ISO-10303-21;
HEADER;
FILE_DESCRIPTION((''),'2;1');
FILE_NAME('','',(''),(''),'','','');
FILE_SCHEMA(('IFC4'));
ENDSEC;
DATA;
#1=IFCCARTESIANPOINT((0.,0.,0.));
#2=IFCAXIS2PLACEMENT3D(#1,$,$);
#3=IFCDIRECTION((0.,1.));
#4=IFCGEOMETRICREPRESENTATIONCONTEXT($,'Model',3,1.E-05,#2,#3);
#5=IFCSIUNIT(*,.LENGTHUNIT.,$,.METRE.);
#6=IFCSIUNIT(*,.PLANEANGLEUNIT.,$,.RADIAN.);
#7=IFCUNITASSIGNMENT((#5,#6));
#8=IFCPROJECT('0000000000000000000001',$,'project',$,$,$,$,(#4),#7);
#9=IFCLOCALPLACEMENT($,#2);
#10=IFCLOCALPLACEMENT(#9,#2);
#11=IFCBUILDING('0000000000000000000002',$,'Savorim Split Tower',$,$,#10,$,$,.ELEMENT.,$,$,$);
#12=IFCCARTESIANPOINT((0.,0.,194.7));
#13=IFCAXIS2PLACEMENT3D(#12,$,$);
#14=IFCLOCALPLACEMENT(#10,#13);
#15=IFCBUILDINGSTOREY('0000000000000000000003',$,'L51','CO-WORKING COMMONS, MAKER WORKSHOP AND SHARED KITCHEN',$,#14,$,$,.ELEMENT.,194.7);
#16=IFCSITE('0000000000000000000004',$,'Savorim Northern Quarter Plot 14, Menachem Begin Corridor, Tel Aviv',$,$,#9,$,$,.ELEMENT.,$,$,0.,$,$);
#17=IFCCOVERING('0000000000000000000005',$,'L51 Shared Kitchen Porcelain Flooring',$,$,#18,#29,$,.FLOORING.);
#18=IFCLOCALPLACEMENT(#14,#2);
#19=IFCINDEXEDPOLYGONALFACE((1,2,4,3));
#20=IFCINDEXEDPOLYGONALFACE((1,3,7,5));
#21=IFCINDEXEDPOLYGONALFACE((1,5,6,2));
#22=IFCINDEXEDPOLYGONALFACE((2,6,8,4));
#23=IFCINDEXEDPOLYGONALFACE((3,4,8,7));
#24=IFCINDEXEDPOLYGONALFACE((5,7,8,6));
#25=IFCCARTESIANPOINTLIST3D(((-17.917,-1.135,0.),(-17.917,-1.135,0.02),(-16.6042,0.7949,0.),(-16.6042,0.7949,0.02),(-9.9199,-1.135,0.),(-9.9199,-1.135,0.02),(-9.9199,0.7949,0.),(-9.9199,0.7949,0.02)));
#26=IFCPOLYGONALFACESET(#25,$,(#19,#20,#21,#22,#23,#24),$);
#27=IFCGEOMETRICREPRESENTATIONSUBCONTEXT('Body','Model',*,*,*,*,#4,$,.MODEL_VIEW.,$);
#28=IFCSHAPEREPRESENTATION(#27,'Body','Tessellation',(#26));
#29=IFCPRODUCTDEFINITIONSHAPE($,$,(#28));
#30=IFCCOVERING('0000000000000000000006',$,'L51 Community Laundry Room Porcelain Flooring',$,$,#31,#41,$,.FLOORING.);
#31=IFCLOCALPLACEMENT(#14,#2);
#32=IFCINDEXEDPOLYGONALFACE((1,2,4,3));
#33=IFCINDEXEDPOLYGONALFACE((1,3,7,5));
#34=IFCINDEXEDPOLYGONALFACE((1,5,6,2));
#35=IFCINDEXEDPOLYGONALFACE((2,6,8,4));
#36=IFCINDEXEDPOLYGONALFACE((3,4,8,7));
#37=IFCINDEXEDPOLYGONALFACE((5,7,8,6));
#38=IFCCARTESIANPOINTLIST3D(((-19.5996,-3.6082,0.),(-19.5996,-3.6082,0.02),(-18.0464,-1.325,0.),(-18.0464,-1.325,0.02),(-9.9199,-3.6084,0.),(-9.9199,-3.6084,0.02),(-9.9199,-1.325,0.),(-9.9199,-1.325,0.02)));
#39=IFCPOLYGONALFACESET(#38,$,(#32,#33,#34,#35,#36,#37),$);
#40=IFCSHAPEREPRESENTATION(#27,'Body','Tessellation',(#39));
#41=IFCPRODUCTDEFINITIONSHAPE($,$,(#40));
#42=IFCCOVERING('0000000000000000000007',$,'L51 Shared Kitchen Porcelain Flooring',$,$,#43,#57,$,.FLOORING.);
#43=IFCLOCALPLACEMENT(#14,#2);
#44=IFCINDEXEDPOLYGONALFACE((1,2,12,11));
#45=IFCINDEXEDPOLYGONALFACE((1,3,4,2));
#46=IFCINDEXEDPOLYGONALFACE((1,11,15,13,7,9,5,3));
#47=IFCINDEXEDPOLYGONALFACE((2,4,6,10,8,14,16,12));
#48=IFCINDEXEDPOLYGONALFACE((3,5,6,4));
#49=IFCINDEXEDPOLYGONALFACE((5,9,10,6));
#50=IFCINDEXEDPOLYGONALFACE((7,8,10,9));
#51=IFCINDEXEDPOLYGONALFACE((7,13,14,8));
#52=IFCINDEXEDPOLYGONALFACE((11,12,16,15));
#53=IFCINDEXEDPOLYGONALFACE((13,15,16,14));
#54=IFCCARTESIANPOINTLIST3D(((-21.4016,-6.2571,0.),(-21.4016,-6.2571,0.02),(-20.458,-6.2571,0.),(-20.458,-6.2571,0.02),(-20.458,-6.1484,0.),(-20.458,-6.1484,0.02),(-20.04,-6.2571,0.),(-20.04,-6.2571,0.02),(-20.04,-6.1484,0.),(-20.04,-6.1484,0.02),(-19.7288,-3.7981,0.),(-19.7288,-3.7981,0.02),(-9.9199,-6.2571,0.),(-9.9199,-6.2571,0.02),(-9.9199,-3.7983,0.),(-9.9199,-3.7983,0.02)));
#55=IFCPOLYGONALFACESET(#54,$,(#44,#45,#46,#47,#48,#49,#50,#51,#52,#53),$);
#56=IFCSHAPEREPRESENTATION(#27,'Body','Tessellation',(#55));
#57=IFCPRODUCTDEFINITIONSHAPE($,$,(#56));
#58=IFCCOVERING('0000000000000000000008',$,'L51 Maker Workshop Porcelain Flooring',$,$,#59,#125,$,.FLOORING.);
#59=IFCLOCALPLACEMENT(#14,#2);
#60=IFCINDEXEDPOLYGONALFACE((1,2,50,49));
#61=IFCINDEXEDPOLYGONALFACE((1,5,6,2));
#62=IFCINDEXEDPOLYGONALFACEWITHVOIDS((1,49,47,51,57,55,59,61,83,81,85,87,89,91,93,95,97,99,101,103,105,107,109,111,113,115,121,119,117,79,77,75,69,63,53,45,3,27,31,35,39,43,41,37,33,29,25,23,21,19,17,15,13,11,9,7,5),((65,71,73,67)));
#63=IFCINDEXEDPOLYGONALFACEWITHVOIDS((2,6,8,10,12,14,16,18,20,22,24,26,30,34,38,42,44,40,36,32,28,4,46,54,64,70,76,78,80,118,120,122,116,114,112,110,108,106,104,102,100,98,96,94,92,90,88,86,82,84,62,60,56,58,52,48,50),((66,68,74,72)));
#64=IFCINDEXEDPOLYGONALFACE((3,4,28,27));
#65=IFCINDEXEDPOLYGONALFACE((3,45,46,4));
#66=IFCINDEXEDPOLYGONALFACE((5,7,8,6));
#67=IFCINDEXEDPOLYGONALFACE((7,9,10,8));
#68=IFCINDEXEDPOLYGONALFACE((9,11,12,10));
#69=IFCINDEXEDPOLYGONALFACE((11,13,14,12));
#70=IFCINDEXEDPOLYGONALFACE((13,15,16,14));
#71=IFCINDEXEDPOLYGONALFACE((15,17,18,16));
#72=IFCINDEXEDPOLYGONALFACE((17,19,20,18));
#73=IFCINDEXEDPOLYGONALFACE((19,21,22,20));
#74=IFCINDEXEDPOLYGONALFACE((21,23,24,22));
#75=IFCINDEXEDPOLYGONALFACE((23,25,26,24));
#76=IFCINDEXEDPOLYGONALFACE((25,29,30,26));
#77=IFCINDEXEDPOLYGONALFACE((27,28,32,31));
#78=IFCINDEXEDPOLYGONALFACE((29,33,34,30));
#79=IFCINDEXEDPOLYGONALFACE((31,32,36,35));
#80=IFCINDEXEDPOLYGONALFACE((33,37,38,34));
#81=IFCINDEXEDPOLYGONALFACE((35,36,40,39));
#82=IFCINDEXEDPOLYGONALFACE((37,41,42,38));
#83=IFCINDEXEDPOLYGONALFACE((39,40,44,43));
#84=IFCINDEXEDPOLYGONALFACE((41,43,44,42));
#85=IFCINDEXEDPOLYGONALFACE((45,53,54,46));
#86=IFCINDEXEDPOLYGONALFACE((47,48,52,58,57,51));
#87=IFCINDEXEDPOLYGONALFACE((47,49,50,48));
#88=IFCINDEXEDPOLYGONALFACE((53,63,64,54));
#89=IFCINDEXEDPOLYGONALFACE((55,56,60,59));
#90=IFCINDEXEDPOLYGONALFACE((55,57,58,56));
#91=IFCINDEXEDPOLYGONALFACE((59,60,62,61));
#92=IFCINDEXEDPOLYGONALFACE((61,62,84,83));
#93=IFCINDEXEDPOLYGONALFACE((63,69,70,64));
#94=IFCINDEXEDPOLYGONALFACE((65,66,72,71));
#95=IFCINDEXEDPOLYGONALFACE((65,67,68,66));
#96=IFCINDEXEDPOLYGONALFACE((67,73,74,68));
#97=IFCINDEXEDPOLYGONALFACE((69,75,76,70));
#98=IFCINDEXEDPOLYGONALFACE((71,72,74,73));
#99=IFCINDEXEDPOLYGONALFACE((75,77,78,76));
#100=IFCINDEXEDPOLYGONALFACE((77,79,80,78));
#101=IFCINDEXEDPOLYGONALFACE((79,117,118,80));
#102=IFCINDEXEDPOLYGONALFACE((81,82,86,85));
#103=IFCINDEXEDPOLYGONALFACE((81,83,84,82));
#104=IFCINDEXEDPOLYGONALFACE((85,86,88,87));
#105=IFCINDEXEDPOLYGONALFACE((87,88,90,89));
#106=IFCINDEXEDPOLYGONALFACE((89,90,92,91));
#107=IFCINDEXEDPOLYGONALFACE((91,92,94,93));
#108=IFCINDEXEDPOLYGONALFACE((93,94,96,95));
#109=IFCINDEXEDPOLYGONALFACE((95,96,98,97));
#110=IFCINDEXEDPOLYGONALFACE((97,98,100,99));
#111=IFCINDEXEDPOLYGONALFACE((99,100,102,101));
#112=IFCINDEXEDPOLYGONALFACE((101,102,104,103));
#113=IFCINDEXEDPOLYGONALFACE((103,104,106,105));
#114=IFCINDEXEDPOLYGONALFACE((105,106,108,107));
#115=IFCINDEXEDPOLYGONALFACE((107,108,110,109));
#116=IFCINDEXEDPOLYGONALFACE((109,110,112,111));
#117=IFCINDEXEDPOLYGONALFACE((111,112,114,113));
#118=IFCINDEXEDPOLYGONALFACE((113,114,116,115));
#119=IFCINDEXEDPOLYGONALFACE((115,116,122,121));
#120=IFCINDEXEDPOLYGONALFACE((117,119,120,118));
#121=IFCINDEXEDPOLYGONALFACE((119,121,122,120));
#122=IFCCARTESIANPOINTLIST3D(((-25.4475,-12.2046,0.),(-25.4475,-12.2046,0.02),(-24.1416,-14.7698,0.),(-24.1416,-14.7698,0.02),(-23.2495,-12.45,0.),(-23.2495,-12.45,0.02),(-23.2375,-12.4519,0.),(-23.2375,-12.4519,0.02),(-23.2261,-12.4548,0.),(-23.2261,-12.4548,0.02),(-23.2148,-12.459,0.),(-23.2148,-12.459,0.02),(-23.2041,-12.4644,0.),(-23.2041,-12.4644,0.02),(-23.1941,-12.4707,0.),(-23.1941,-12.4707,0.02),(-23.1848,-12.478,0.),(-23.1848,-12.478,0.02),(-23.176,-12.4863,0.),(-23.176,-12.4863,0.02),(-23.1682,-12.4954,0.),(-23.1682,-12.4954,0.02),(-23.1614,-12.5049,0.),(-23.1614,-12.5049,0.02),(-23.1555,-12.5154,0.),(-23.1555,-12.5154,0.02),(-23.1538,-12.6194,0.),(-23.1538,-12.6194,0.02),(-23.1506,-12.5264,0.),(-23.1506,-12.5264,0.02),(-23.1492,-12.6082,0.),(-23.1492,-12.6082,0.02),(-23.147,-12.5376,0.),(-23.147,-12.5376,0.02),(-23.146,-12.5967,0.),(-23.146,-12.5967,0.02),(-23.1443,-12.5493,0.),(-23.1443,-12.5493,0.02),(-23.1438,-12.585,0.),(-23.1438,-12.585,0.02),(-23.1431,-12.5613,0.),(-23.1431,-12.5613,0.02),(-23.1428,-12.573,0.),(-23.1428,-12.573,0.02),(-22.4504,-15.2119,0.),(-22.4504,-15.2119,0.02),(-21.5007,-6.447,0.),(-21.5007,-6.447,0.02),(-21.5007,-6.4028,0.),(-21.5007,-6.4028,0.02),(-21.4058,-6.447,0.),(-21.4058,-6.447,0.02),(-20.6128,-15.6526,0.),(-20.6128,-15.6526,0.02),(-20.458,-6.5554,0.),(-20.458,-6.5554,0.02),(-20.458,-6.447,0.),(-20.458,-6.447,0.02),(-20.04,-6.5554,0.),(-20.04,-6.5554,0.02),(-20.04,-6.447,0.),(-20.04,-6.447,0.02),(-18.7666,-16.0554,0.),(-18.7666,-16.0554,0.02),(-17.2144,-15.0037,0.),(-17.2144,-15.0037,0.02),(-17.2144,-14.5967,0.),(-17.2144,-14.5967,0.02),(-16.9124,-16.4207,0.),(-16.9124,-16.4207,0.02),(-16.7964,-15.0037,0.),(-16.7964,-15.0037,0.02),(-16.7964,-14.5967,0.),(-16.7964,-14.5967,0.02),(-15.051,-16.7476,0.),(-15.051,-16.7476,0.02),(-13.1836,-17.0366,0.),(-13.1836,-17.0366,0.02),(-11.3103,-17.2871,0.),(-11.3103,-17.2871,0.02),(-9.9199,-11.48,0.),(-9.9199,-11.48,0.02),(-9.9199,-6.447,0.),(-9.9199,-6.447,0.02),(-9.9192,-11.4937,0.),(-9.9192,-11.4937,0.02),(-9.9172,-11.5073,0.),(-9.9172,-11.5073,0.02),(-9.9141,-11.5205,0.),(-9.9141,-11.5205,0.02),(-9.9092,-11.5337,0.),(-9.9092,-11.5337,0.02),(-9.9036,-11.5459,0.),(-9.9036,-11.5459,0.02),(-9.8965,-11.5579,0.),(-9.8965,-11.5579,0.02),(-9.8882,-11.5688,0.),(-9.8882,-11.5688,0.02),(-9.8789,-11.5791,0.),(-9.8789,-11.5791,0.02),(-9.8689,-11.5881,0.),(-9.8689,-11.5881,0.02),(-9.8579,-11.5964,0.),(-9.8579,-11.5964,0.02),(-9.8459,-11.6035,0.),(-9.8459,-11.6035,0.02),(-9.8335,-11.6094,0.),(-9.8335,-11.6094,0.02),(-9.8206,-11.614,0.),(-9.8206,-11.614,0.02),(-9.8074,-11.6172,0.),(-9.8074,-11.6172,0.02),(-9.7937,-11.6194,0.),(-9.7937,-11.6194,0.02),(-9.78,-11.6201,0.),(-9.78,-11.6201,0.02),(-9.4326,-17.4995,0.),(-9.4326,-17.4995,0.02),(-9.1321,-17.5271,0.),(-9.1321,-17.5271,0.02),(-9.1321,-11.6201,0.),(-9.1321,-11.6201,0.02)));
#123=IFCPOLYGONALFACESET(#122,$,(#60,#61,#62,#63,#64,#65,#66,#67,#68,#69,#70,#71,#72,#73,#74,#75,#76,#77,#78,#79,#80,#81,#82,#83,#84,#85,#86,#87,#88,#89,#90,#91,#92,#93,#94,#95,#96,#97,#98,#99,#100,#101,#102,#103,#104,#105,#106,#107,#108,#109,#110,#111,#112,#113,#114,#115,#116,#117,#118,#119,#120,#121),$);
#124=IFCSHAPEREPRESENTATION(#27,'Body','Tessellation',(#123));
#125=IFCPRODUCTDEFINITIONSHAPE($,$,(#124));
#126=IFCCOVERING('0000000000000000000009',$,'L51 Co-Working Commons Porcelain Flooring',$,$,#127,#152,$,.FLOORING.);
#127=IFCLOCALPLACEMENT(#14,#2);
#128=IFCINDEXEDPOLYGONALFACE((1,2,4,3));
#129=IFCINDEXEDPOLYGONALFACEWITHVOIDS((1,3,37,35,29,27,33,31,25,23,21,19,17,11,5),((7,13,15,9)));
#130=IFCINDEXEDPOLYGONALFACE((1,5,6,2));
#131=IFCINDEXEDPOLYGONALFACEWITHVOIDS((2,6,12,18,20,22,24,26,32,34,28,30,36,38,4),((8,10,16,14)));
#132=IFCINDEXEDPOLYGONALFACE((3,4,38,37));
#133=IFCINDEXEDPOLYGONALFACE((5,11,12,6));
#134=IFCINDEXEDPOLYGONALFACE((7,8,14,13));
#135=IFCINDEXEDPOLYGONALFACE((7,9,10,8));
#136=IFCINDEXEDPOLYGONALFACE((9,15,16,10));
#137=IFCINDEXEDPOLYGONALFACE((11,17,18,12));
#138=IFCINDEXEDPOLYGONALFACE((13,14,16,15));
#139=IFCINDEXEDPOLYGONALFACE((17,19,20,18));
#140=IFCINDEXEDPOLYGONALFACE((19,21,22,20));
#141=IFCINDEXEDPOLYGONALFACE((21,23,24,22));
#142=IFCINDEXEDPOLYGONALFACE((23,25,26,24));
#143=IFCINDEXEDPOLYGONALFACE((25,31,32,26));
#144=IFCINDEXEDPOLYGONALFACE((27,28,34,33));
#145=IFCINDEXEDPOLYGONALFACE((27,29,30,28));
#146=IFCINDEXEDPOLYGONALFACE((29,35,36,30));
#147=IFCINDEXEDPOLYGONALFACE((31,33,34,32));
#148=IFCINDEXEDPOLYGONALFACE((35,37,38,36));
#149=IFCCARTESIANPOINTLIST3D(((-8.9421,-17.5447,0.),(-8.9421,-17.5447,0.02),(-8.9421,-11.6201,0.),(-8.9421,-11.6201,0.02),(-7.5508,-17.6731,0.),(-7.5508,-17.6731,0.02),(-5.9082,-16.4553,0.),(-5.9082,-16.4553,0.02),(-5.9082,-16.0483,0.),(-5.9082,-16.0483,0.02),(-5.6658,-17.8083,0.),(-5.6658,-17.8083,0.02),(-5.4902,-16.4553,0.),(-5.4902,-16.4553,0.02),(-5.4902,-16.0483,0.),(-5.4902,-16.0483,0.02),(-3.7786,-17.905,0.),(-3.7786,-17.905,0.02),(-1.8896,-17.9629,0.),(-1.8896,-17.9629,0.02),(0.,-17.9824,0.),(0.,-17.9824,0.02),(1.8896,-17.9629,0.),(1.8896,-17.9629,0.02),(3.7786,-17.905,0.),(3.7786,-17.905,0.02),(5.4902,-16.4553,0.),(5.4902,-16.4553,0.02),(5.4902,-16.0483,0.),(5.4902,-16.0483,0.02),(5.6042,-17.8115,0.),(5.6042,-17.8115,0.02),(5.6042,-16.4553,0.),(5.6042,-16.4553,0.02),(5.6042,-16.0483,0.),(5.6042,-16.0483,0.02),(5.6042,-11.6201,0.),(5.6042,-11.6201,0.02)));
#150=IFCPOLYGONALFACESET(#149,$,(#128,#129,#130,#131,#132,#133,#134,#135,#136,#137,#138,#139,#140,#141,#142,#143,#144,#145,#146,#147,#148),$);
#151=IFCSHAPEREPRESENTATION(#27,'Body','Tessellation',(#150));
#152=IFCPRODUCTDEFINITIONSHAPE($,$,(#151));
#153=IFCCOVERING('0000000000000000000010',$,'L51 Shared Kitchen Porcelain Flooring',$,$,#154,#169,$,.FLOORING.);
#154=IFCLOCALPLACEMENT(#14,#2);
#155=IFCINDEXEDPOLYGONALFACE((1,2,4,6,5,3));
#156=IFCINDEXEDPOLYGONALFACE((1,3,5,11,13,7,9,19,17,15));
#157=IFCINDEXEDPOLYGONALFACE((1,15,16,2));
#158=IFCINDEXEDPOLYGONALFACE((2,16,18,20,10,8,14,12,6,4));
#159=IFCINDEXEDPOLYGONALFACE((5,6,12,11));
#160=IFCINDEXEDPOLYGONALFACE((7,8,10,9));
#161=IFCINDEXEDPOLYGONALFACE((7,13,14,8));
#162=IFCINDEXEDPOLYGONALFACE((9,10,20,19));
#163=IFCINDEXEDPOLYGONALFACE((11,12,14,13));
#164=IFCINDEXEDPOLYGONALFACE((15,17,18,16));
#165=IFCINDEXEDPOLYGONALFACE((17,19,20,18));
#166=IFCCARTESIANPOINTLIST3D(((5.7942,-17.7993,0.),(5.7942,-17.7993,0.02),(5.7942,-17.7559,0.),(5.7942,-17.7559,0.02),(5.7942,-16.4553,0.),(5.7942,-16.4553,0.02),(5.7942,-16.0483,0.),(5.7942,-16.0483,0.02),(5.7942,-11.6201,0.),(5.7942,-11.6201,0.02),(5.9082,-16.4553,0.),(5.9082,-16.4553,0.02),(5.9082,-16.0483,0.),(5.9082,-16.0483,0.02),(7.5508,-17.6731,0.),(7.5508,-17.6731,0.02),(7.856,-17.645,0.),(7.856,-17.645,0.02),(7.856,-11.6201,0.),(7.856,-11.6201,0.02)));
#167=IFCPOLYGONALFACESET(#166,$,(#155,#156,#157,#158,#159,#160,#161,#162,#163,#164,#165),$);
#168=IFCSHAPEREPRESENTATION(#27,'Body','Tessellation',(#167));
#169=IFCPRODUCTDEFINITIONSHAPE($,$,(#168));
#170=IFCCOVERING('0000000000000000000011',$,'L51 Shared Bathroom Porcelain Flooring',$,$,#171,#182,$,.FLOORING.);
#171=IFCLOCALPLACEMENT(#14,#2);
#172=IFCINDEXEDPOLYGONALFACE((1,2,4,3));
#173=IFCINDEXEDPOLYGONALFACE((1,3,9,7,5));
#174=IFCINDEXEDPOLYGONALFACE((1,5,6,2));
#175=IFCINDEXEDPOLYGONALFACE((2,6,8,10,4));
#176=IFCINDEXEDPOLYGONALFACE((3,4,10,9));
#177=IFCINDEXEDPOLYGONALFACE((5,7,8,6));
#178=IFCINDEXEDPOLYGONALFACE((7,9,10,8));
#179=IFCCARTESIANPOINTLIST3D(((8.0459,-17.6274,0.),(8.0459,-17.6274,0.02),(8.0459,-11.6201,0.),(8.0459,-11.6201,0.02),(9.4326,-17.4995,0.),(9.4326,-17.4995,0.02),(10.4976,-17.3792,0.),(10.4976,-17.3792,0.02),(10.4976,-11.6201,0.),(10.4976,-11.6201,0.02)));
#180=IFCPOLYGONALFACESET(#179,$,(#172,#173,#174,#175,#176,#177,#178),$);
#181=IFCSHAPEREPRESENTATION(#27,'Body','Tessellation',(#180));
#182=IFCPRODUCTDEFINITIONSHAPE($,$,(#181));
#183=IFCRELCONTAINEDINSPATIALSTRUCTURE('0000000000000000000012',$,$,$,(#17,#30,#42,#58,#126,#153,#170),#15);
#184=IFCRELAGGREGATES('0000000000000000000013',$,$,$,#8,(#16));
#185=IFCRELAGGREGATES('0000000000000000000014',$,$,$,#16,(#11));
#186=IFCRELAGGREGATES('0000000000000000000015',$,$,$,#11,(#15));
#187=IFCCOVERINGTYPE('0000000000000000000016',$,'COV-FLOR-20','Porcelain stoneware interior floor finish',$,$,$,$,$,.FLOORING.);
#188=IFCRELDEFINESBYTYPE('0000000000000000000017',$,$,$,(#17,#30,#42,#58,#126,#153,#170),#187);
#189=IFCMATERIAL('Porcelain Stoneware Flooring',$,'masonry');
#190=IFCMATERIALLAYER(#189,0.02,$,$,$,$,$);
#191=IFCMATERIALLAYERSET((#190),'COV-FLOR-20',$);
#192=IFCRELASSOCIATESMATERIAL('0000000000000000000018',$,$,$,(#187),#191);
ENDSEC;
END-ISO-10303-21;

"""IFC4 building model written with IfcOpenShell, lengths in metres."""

from ifc_helpers import new_model, si_unit, direction, frame, origin, place, context, subcontext, project, spatial, polyline, outline, extrude, material, layer, layer_set, type_object, element, save


model = new_model("IFC4")

# Units and contexts
model_context = context("Model", 3, precision=1e-05, world=origin(), true_north=direction((0.0, 1.0)))
body_context = subcontext(model_context, "Body", "Model", "MODEL_VIEW")
ifc_project = project(units=[si_unit("LENGTHUNIT", "METRE"), si_unit("PLANEANGLEUNIT", "RADIAN")], contexts=[model_context])

# Site, building, storey
site_placement = place(None, origin())
site = spatial("IfcSite", under=ifc_project, at=site_placement, Name="Savorim Northern Quarter Plot 14, Menachem Begin Corridor, Tel Aviv", CompositionType="ELEMENT", RefElevation=0.0)
building_placement = place(site_placement, origin())
building = spatial("IfcBuilding", under=site, at=building_placement, Name="Savorim Split Tower", CompositionType="ELEMENT")
storey_placement = place(building_placement, frame((0.0, 0.0, 194.7)))
storey = spatial("IfcBuildingStorey", under=building, at=storey_placement, Name="L51", Description="CO-WORKING COMMONS, MAKER WORKSHOP AND SHARED KITCHEN", CompositionType="ELEMENT", Elevation=194.7)

# Coverings
ifc_material_1 = material(Name="Porcelain Stoneware Flooring", Category="masonry")
ifc_layer_1 = layer(ifc_material_1, 0.02)
ifc_layer_set_1 = layer_set([ifc_layer_1], Name="COV-FLOR-20")
covering_type_1 = type_object("IfcCoveringType", Name="COV-FLOR-20", Description="Porcelain stoneware interior floor finish", PredefinedType="FLOORING", material=ifc_layer_set_1)
covering_1_placement = place(storey_placement, origin())
element("IfcCovering", 1, at=covering_1_placement, inside=storey, type_object=covering_type_1, Name="L51 Shared Kitchen Porcelain Flooring", PredefinedType="FLOORING", context=body_context, shape_type="SweptSolid", body=[
    extrude(outline(polyline([(-16.6042, 0.7949), (-17.917, -1.135), (-9.9199, -1.135), (-9.9199, 0.7949), (-16.6042, 0.7949)])), origin(), (0.0, 0.0, 1.0), 0.02),
])
covering_2_placement = place(storey_placement, origin())
element("IfcCovering", 2, at=covering_2_placement, inside=storey, type_object=covering_type_1, Name="L51 Community Laundry Room Porcelain Flooring", PredefinedType="FLOORING", context=body_context, shape_type="SweptSolid", body=[
    extrude(outline(polyline([(-18.0464, -1.325), (-19.5996, -3.6082), (-9.9199, -3.6084), (-9.9199, -1.325), (-18.0464, -1.325)])), origin(), (0.0, 0.0, 1.0), 0.02),
])
covering_3_placement = place(storey_placement, origin())
element("IfcCovering", 3, at=covering_3_placement, inside=storey, type_object=covering_type_1, Name="L51 Shared Kitchen Porcelain Flooring", PredefinedType="FLOORING", context=body_context, shape_type="SweptSolid", body=[
    extrude(outline(polyline([(-20.04, -6.1484), (-20.04, -6.2571), (-9.9199, -6.2571), (-9.9199, -3.7983), (-19.7288, -3.7981), (-21.4016, -6.2571), (-20.458, -6.2571), (-20.458, -6.1484), (-20.04, -6.1484)])), origin(), (0.0, 0.0, 1.0), 0.02),
])
covering_4_placement = place(storey_placement, origin())
element("IfcCovering", 4, at=covering_4_placement, inside=storey, type_object=covering_type_1, Name="L51 Maker Workshop Porcelain Flooring", PredefinedType="FLOORING", context=body_context, shape_type="SweptSolid", body=[
    extrude(outline(polyline([(-23.1428, -12.573), (-23.1438, -12.585), (-23.146, -12.5967), (-23.1492, -12.6082), (-23.1538, -12.6194), (-24.1416, -14.7698), (-22.4504, -15.2119), (-20.6128, -15.6526), (-18.7666, -16.0554), (-16.9124, -16.4207), (-15.051, -16.7476), (-13.1836, -17.0366), (-11.3103, -17.2871), (-9.4326, -17.4995), (-9.1321, -17.5271), (-9.1321, -11.6201), (-9.78, -11.6201), (-9.7937, -11.6194), (-9.8074, -11.6172), (-9.8206, -11.614), (-9.8335, -11.6094), (-9.8459, -11.6035), (-9.8579, -11.5964), (-9.8689, -11.5881), (-9.8789, -11.5791), (-9.8882, -11.5688), (-9.8965, -11.5579), (-9.9036, -11.5459), (-9.9092, -11.5337), (-9.9141, -11.5205), (-9.9172, -11.5073), (-9.9192, -11.4937), (-9.9199, -11.48), (-9.9199, -6.447), (-20.04, -6.447), (-20.04, -6.5554), (-20.458, -6.5554), (-20.458, -6.447), (-21.4058, -6.447), (-21.5007, -6.447), (-21.5007, -6.4028), (-25.4475, -12.2046), (-23.2495, -12.45), (-23.2375, -12.4519), (-23.2261, -12.4548), (-23.2148, -12.459), (-23.2041, -12.4644), (-23.1941, -12.4707), (-23.1848, -12.478), (-23.176, -12.4863), (-23.1682, -12.4954), (-23.1614, -12.5049), (-23.1555, -12.5154), (-23.1506, -12.5264), (-23.147, -12.5376), (-23.1443, -12.5493), (-23.1431, -12.5613), (-23.1428, -12.573)]), holes=[polyline([(-17.2144, -15.0037), (-16.7964, -15.0037), (-16.7964, -14.5967), (-17.2144, -14.5967), (-17.2144, -15.0037)])]), origin(), (0.0, 0.0, 1.0), 0.02),
])
covering_5_placement = place(storey_placement, origin())
element("IfcCovering", 5, at=covering_5_placement, inside=storey, type_object=covering_type_1, Name="L51 Co-Working Commons Porcelain Flooring", PredefinedType="FLOORING", context=body_context, shape_type="SweptSolid", body=[
    extrude(outline(polyline([(5.4902, -16.0483), (5.6042, -16.0483), (5.6042, -11.6201), (-8.9421, -11.6201), (-8.9421, -17.5447), (-7.5508, -17.6731), (-5.6658, -17.8083), (-3.7786, -17.905), (-1.8896, -17.9629), (0.0, -17.9824), (1.8896, -17.9629), (3.7786, -17.905), (5.6042, -17.8115), (5.6042, -16.4553), (5.4902, -16.4553), (5.4902, -16.0483)]), holes=[polyline([(-5.9082, -16.4553), (-5.4902, -16.4553), (-5.4902, -16.0483), (-5.9082, -16.0483), (-5.9082, -16.4553)])]), origin(), (0.0, 0.0, 1.0), 0.02),
])
covering_6_placement = place(storey_placement, origin())
element("IfcCovering", 6, at=covering_6_placement, inside=storey, type_object=covering_type_1, Name="L51 Shared Kitchen Porcelain Flooring", PredefinedType="FLOORING", context=body_context, shape_type="SweptSolid", body=[
    extrude(outline(polyline([(5.7942, -17.7559), (5.7942, -17.7993), (7.5508, -17.6731), (7.856, -17.645), (7.856, -11.6201), (5.7942, -11.6201), (5.7942, -16.0483), (5.9082, -16.0483), (5.9082, -16.4553), (5.7942, -16.4553), (5.7942, -17.7559)])), origin(), (0.0, 0.0, 1.0), 0.02),
])
covering_7_placement = place(storey_placement, origin())
element("IfcCovering", 7, at=covering_7_placement, inside=storey, type_object=covering_type_1, Name="L51 Shared Bathroom Porcelain Flooring", PredefinedType="FLOORING", context=body_context, shape_type="SweptSolid", body=[
    extrude(outline(polyline([(8.0459, -11.6201), (8.0459, -17.6274), (9.4326, -17.4995), (10.4976, -17.3792), (10.4976, -11.6201), (8.0459, -11.6201)])), origin(), (0.0, 0.0, 1.0), 0.02),
])

save(model, "model.ifc")
